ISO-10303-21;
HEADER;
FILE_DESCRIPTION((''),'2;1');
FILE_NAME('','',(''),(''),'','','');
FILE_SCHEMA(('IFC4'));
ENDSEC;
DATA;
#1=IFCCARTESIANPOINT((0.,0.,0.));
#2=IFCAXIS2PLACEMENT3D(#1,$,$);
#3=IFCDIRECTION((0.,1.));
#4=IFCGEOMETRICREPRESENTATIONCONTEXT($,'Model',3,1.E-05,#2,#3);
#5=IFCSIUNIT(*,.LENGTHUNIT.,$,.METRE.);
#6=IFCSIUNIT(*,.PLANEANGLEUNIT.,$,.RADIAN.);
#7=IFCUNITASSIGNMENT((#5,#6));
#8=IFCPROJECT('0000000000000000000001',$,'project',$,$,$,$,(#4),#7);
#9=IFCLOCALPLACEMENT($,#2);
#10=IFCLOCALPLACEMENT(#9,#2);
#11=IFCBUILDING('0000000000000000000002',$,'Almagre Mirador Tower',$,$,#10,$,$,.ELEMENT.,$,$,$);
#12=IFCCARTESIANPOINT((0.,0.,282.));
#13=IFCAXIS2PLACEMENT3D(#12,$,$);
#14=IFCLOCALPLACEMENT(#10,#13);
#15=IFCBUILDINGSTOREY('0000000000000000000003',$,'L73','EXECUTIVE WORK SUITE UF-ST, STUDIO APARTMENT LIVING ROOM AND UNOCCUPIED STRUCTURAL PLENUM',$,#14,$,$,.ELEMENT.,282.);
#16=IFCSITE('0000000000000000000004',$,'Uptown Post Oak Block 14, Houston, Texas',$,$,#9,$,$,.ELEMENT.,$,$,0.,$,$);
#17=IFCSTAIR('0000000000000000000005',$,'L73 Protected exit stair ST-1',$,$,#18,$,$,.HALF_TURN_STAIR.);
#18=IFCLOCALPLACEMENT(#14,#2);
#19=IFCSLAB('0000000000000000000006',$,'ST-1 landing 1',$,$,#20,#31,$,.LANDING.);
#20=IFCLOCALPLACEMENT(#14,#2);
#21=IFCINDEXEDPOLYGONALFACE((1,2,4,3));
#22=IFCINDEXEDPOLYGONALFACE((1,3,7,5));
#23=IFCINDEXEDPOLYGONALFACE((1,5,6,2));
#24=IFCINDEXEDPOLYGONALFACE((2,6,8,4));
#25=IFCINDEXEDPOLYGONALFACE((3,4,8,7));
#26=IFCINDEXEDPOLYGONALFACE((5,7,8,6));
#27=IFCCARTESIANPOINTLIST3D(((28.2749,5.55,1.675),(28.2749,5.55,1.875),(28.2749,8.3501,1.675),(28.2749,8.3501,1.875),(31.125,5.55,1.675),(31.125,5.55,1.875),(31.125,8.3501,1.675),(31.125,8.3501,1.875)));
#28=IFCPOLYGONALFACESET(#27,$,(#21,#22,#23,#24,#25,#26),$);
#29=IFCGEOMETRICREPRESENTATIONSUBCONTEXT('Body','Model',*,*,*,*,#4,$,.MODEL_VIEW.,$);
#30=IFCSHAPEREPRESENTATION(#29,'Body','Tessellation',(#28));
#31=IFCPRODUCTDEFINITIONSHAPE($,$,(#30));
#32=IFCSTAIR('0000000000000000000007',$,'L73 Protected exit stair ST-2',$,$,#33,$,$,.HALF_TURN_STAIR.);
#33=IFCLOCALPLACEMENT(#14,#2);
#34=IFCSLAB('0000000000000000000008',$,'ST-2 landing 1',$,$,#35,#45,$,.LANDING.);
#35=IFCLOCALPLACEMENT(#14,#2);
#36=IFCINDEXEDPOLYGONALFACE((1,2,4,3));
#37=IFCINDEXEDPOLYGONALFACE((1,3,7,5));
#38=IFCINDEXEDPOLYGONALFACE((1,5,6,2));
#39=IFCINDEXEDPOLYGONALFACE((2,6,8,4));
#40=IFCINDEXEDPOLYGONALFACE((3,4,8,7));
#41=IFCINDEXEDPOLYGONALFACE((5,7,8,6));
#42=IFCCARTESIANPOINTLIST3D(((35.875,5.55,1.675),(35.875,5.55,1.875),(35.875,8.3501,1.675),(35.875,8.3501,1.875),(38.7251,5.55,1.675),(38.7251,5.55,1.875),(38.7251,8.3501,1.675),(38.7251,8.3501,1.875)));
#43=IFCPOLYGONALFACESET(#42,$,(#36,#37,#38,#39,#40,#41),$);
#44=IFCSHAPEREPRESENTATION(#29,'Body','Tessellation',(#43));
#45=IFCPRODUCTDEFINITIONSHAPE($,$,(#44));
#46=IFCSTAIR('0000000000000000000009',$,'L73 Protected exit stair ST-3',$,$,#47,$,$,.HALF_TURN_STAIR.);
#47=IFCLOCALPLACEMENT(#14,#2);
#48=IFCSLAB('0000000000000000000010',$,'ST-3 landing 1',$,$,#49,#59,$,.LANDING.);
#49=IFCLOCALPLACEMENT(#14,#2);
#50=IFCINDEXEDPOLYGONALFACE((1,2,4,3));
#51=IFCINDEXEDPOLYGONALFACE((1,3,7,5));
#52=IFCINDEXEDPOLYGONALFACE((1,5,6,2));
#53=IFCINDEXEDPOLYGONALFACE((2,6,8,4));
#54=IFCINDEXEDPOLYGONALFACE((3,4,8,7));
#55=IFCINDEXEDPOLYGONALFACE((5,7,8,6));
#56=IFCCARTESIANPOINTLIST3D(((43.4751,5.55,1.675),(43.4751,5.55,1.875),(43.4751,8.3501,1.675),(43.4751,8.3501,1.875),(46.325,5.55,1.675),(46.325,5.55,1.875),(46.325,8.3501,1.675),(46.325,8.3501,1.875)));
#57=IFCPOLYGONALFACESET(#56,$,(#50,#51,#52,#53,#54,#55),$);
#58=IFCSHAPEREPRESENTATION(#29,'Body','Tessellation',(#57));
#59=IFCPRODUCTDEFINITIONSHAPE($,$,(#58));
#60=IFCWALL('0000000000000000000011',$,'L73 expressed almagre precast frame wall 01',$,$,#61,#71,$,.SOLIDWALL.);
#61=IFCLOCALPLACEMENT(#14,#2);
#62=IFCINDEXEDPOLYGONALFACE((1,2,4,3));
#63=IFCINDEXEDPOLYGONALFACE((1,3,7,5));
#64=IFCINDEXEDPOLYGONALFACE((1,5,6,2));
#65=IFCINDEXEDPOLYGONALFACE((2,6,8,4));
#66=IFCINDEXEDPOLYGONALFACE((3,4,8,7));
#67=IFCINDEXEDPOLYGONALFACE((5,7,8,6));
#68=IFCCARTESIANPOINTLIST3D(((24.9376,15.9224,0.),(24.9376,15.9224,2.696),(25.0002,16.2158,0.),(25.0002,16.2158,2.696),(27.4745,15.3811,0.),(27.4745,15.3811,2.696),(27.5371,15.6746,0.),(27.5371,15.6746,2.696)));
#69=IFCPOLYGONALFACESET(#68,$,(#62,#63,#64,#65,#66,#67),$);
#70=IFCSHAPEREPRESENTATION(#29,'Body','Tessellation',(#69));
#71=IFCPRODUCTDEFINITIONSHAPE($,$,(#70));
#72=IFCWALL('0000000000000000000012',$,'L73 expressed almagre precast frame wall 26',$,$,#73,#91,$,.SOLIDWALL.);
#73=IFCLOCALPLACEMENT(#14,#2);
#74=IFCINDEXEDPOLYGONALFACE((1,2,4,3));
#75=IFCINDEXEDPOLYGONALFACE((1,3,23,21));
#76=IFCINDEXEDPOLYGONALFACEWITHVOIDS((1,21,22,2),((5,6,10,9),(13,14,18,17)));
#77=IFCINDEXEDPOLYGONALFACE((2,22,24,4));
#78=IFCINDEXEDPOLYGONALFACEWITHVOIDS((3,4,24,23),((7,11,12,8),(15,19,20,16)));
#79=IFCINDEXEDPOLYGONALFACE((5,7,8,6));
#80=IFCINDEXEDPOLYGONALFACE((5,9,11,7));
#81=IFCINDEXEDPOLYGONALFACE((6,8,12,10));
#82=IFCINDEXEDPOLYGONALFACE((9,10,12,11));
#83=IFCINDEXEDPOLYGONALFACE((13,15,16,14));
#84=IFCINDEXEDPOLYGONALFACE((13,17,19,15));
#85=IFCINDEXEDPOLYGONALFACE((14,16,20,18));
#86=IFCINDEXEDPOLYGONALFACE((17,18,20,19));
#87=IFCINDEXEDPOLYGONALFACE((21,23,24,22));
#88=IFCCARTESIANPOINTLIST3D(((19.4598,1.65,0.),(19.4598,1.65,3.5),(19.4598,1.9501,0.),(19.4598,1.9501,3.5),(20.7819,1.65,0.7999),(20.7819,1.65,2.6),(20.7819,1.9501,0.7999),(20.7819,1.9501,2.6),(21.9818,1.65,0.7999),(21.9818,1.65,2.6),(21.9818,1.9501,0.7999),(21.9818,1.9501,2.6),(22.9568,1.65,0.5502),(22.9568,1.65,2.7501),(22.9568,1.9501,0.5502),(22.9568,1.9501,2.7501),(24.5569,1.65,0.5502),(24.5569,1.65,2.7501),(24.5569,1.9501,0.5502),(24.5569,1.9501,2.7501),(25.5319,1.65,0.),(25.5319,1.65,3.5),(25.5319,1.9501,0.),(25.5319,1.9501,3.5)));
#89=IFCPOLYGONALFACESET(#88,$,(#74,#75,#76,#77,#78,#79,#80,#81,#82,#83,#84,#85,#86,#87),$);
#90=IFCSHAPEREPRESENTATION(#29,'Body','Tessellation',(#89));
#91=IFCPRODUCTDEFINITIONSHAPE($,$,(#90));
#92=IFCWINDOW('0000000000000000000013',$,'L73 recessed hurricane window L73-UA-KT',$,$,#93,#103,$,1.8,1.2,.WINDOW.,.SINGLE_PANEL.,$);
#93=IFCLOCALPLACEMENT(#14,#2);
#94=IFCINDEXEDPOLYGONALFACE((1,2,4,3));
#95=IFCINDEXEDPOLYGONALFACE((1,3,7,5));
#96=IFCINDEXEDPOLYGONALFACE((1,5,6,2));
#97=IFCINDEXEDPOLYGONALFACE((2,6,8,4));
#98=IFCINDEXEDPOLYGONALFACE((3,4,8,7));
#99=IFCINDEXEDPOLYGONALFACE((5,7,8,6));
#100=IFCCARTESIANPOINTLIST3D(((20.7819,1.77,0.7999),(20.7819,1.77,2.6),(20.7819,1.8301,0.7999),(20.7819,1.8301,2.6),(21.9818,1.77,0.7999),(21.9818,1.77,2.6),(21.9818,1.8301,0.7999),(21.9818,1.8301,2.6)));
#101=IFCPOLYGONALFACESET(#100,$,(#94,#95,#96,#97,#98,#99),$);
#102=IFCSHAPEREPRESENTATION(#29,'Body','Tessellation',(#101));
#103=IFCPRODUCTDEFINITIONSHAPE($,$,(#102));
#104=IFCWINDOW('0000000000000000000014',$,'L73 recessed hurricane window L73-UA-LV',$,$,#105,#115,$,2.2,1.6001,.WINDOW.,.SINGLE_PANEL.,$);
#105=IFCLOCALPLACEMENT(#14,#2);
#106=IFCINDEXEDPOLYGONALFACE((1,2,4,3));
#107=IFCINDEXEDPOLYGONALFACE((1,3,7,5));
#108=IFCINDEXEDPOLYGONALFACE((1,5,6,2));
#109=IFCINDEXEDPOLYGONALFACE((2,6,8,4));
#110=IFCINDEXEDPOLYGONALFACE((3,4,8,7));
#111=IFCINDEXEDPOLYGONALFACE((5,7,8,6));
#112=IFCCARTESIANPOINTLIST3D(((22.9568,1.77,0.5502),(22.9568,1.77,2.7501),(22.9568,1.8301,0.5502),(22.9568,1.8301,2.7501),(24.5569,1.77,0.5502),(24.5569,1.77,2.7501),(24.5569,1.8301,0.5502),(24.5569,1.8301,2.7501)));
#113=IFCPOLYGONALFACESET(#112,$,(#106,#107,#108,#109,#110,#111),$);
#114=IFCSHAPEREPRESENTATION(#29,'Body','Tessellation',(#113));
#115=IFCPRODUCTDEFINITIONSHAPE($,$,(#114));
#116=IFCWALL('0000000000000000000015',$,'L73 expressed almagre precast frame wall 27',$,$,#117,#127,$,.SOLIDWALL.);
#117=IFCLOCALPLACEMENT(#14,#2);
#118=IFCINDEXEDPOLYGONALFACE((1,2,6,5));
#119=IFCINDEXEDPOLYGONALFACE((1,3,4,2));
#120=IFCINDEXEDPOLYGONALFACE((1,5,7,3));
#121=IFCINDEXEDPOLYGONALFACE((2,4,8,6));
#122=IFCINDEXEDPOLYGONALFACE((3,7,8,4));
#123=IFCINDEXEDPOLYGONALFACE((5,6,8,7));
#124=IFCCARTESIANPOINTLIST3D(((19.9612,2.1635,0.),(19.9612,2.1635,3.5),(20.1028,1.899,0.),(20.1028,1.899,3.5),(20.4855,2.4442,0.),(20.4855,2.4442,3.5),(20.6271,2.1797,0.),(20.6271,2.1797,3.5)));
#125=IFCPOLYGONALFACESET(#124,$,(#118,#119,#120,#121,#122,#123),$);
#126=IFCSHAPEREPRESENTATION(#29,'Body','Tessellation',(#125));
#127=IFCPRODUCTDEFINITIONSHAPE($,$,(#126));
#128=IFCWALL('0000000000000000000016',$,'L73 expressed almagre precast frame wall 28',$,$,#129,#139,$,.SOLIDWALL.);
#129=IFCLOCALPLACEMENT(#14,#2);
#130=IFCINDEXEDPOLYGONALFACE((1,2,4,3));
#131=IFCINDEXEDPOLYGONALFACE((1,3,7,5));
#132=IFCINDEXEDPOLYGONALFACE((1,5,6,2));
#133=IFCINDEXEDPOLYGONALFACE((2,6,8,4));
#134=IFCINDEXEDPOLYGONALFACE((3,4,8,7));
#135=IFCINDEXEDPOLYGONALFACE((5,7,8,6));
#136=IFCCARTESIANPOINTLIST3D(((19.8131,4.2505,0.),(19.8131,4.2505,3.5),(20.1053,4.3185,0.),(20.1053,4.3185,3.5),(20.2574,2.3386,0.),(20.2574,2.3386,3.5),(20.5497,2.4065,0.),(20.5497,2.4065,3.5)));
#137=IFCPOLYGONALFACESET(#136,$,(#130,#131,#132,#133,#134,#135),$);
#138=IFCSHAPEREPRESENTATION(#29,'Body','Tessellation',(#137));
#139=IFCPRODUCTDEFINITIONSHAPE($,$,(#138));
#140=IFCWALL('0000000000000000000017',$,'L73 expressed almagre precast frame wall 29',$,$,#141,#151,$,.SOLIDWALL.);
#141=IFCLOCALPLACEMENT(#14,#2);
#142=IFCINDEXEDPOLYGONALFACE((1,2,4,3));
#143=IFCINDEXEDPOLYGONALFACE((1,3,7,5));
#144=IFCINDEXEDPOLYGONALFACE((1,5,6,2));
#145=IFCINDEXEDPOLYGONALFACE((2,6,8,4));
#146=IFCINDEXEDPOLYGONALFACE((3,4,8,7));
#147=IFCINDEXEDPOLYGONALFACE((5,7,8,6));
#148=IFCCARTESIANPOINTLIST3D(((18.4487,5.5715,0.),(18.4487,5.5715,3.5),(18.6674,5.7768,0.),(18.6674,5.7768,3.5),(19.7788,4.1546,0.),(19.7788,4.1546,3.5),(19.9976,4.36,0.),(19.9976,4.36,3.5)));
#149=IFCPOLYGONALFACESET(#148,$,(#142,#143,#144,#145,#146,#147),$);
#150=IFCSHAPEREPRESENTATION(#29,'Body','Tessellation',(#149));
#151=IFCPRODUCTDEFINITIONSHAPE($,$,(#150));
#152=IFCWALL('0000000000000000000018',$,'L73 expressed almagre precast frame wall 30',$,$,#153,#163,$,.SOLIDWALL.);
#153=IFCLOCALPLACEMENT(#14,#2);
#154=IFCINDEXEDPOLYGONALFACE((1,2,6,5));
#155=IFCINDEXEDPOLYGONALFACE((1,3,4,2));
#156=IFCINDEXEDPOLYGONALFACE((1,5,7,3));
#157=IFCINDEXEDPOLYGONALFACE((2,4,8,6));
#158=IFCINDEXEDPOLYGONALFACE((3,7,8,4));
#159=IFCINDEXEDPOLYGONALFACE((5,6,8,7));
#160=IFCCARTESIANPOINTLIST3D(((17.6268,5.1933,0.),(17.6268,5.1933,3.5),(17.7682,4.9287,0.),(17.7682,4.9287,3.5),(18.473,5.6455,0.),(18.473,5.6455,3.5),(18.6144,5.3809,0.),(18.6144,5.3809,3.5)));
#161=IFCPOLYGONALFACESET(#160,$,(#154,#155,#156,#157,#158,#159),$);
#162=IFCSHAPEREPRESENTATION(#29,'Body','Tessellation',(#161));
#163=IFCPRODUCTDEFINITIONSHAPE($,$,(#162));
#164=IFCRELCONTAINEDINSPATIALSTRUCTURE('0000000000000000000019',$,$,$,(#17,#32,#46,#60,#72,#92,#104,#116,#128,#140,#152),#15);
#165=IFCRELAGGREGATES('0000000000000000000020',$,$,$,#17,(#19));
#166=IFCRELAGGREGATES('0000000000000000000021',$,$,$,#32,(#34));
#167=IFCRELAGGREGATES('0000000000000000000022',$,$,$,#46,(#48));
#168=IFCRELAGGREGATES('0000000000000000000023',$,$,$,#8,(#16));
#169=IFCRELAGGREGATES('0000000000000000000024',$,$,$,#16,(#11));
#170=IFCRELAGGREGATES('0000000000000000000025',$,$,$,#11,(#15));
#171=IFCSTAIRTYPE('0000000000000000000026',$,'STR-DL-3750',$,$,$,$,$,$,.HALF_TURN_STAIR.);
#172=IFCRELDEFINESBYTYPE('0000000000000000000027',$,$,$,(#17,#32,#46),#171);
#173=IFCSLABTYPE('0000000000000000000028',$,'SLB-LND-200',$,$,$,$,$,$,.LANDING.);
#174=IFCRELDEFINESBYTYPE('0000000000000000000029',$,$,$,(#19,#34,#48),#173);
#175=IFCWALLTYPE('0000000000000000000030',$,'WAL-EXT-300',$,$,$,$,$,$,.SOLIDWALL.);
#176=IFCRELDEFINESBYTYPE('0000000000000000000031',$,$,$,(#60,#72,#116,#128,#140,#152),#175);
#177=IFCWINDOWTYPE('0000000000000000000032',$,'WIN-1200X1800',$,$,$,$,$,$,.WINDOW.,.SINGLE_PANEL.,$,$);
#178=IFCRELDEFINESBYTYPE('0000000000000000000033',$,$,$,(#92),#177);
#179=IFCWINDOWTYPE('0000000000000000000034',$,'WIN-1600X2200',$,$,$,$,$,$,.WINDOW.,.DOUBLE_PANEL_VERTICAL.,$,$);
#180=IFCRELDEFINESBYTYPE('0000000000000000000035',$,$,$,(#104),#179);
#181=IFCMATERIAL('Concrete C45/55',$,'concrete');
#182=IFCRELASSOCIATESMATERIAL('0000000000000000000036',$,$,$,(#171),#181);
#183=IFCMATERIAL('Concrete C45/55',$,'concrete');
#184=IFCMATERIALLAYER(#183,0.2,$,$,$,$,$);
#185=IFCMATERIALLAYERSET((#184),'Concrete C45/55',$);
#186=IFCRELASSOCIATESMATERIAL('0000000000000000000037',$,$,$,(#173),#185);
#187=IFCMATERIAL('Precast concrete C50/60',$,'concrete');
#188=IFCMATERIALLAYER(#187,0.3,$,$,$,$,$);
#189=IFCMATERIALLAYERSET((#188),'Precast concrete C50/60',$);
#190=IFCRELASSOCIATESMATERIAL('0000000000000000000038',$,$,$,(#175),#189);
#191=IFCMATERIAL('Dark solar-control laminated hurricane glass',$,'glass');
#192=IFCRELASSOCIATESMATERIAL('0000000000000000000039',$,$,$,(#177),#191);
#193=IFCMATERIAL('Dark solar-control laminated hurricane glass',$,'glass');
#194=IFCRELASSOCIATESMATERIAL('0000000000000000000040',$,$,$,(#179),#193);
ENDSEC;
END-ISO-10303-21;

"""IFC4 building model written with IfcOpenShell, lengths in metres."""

from ifc_helpers import new_model, si_unit, direction, frame, frame_2d, origin, place, context, subcontext, project, spatial, polyline, rectangle, outline, extrude, material, layer, layer_set, type_object, element, fill, aggregate, save


model = new_model("IFC4")

# Units and contexts
model_context = context("Model", 3, precision=1e-05, world=origin(), true_north=direction((0.0, 1.0)))
body_context = subcontext(model_context, "Body", "Model", "MODEL_VIEW")
ifc_project = project(units=[si_unit("LENGTHUNIT", "METRE"), si_unit("PLANEANGLEUNIT", "RADIAN")], contexts=[model_context])

# Site, building, storey
site_placement = place(None, origin())
site = spatial("IfcSite", under=ifc_project, at=site_placement, Name="Uptown Post Oak Block 14, Houston, Texas", CompositionType="ELEMENT", RefElevation=0.0)
building_placement = place(site_placement, origin())
building = spatial("IfcBuilding", under=site, at=building_placement, Name="Almagre Mirador Tower", CompositionType="ELEMENT")
storey_placement = place(building_placement, frame((0.0, 0.0, 282.0)))
storey = spatial("IfcBuildingStorey", under=building, at=storey_placement, Name="L73", Description="EXECUTIVE WORK SUITE UF-ST, STUDIO APARTMENT LIVING ROOM AND UNOCCUPIED STRUCTURAL PLENUM", CompositionType="ELEMENT", Elevation=282.0)

# Stairs, slabs
ifc_material_1 = material(Name="Concrete C45/55", Category="concrete")
stair_type = type_object("IfcStairType", Name="STR-DL-3750", PredefinedType="HALF_TURN_STAIR", material=ifc_material_1)
stair_1_placement = place(storey_placement, origin())
stair_1 = element("IfcStair", 1, at=stair_1_placement, inside=storey, type_object=stair_type, Name="L73 Protected exit stair ST-1", PredefinedType="HALF_TURN_STAIR")
ifc_material_2 = material(Name="Concrete C45/55", Category="concrete")
ifc_layer_1 = layer(ifc_material_2, 0.2)
ifc_layer_set_1 = layer_set([ifc_layer_1], Name="Concrete C45/55")
slab_type_1 = type_object("IfcSlabType", Name="SLB-LND-200", PredefinedType="LANDING", material=ifc_layer_set_1)
slab_1_placement = place(storey_placement, frame((0.0, 0.0, 1.675)))
slab_1 = element("IfcSlab", 2, at=slab_1_placement, type_object=slab_type_1, Name="ST-1 landing 1", PredefinedType="LANDING", context=body_context, shape_type="SweptSolid", body=[
    extrude(outline(polyline([(28.2749, 8.3501), (28.2749, 5.55), (31.125, 5.55), (31.125, 8.3501), (28.2749, 8.3501)])), origin(), (0.0, 0.0, 1.0), 0.2),
])
aggregate(stair_1, [slab_1])
stair_2_placement = place(storey_placement, origin())
stair_2 = element("IfcStair", 3, at=stair_2_placement, inside=storey, type_object=stair_type, Name="L73 Protected exit stair ST-2", PredefinedType="HALF_TURN_STAIR")
slab_2_placement = place(storey_placement, frame((0.0, 0.0, 1.675)))
slab_2 = element("IfcSlab", 4, at=slab_2_placement, type_object=slab_type_1, Name="ST-2 landing 1", PredefinedType="LANDING", context=body_context, shape_type="SweptSolid", body=[
    extrude(outline(polyline([(35.875, 8.3501), (35.875, 5.55), (38.7251, 5.55), (38.7251, 8.3501), (35.875, 8.3501)])), origin(), (0.0, 0.0, 1.0), 0.2),
])
aggregate(stair_2, [slab_2])
stair_3_placement = place(storey_placement, origin())
stair_3 = element("IfcStair", 5, at=stair_3_placement, inside=storey, type_object=stair_type, Name="L73 Protected exit stair ST-3", PredefinedType="HALF_TURN_STAIR")
slab_3_placement = place(storey_placement, frame((0.0, 0.0, 1.675)))
slab_3 = element("IfcSlab", 6, at=slab_3_placement, type_object=slab_type_1, Name="ST-3 landing 1", PredefinedType="LANDING", context=body_context, shape_type="SweptSolid", body=[
    extrude(outline(polyline([(43.4751, 8.3501), (43.4751, 5.55), (46.325, 5.55), (46.325, 8.3501), (43.4751, 8.3501)])), origin(), (0.0, 0.0, 1.0), 0.2),
])
aggregate(stair_3, [slab_3])

# Wall
ifc_material_3 = material(Name="Precast concrete C50/60", Category="concrete")
ifc_layer_2 = layer(ifc_material_3, 0.3)
ifc_layer_set_2 = layer_set([ifc_layer_2], Name="Precast concrete C50/60")
wall_type_1 = type_object("IfcWallType", Name="WAL-EXT-300", PredefinedType="SOLIDWALL", material=ifc_layer_set_2)
wall_1_placement = place(storey_placement, frame((24.969, 16.0691, 0.0), z_axis=(0.0, 0.0, 1.0), x_axis=(0.977988, -0.208661, 0.0)))
element("IfcWall", 7, at=wall_1_placement, inside=storey, type_object=wall_type_1, Name="L73 expressed almagre precast frame wall 01", PredefinedType="SOLIDWALL", context=body_context, shape_type="SweptSolid", body=[
    extrude(rectangle(XDim=2.594, YDim=0.3, at=frame_2d((1.2969, 0.0))), origin(), (0.0, 0.0, 1.0), 2.696),
])

# Wall, openings, windows
wall_2_placement = place(storey_placement, frame((25.532, 1.8, 0.0), z_axis=(0.0, 0.0, 1.0), x_axis=(-1.0, 0.0, 0.0)))
wall_2 = element("IfcWall", 8, at=wall_2_placement, inside=storey, type_object=wall_type_1, Name="L73 expressed almagre precast frame wall 26", PredefinedType="SOLIDWALL", context=body_context, shape_type="SweptSolid", body=[
    extrude(rectangle(XDim=6.072, YDim=0.3, at=frame_2d((3.0361, 0.0))), origin(), (0.0, 0.0, 1.0), 3.5),
])
opening_1_placement = place(wall_2_placement, frame((0.9751, 0.0, 0.55)))
opening_1 = element("IfcOpeningElement", 9, at=opening_1_placement, cuts=wall_2, PredefinedType="OPENING", context=body_context, shape_type="SweptSolid", body=[
    extrude(rectangle(XDim=1.6001, YDim=2.2, at=frame_2d((0.8, 1.1001))), frame((0.0, 0.1599, 0.0), z_axis=(0.0, -1.0, 0.0), x_axis=(1.0, 0.0, 0.0)), (0.0, 0.0, 1.0), 0.32),
])
opening_2_placement = place(wall_2_placement, frame((3.55, 0.0, 0.8)))
opening_2 = element("IfcOpeningElement", 10, at=opening_2_placement, cuts=wall_2, PredefinedType="OPENING", context=body_context, shape_type="SweptSolid", body=[
    extrude(rectangle(XDim=1.2, YDim=1.8, at=frame_2d((0.6001, 0.8999))), frame((0.0, 0.1599, 0.0), z_axis=(0.0, -1.0, 0.0), x_axis=(1.0, 0.0, 0.0)), (0.0, 0.0, 1.0), 0.32),
])
ifc_material_4 = material(Name="Dark solar-control laminated hurricane glass", Category="glass")
window_type_1 = type_object("IfcWindowType", Name="WIN-1200X1800", PartitioningType="SINGLE_PANEL", PredefinedType="WINDOW", material=ifc_material_4)
window_1_placement = place(opening_2_placement, origin())
window_1 = element("IfcWindow", 11, at=window_1_placement, inside=storey, type_object=window_type_1, Name="L73 recessed hurricane window L73-UA-KT", OverallHeight=1.8, OverallWidth=1.2, PartitioningType="SINGLE_PANEL", PredefinedType="WINDOW", context=body_context, shape_type="SweptSolid", body=[
    extrude(rectangle(XDim=1.2, YDim=1.8, at=frame_2d((0.6001, 0.8999))), frame((0.0, 0.03, 0.0), z_axis=(0.0, -1.0, 0.0), x_axis=(1.0, 0.0, 0.0)), (0.0, 0.0, 1.0), 0.0601),
])
fill(opening_2, window_1)
ifc_material_5 = material(Name="Dark solar-control laminated hurricane glass", Category="glass")
window_type_2 = type_object("IfcWindowType", Name="WIN-1600X2200", PartitioningType="DOUBLE_PANEL_VERTICAL", PredefinedType="WINDOW", material=ifc_material_5)
window_2_placement = place(opening_1_placement, origin())
window_2 = element("IfcWindow", 12, at=window_2_placement, inside=storey, type_object=window_type_2, Name="L73 recessed hurricane window L73-UA-LV", OverallHeight=2.2, OverallWidth=1.6001, PartitioningType="SINGLE_PANEL", PredefinedType="WINDOW", context=body_context, shape_type="SweptSolid", body=[
    extrude(rectangle(XDim=1.6001, YDim=2.2, at=frame_2d((0.8, 1.1001))), frame((0.0, 0.03, 0.0), z_axis=(0.0, -1.0, 0.0), x_axis=(1.0, 0.0, 0.0)), (0.0, 0.0, 1.0), 0.0601),
])
fill(opening_1, window_2)

# Walls
wall_3_placement = place(storey_placement, frame((20.032, 2.0312, 0.0), z_axis=(0.0, 0.0, 1.0), x_axis=(0.881602, 0.471994, 0.0)))
element("IfcWall", 13, at=wall_3_placement, inside=storey, type_object=wall_type_1, Name="L73 expressed almagre precast frame wall 27", PredefinedType="SOLIDWALL", context=body_context, shape_type="SweptSolid", body=[
    extrude(rectangle(XDim=0.5947, YDim=0.3, at=frame_2d((0.2974, 0.0))), origin(), (0.0, 0.0, 1.0), 3.5),
])
wall_4_placement = place(storey_placement, frame((20.4036, 2.3726, 0.0), z_axis=(0.0, 0.0, 1.0), x_axis=(-0.226376, 0.97404, 0.0)))
element("IfcWall", 14, at=wall_4_placement, inside=storey, type_object=wall_type_1, Name="L73 expressed almagre precast frame wall 28", PredefinedType="SOLIDWALL", context=body_context, shape_type="SweptSolid", body=[
    extrude(rectangle(XDim=1.9629, YDim=0.3, at=frame_2d((0.9814, 0.0))), origin(), (0.0, 0.0, 1.0), 3.5),
])
wall_5_placement = place(storey_placement, frame((19.8882, 4.2573, 0.0), z_axis=(0.0, 0.0, 1.0), x_axis=(-0.684455, 0.729055, 0.0)))
element("IfcWall", 15, at=wall_5_placement, inside=storey, type_object=wall_type_1, Name="L73 expressed almagre precast frame wall 29", PredefinedType="SOLIDWALL", context=body_context, shape_type="SweptSolid", body=[
    extrude(rectangle(XDim=1.9434, YDim=0.3, at=frame_2d((0.9717, 0.0))), origin(), (0.0, 0.0, 1.0), 3.5),
])
wall_6_placement = place(storey_placement, frame((18.5437, 5.5132, 0.0), z_axis=(0.0, 0.0, 1.0), x_axis=(-0.881986, -0.471275, 0.0)))
element("IfcWall", 16, at=wall_6_placement, inside=storey, type_object=wall_type_1, Name="L73 expressed almagre precast frame wall 30", PredefinedType="SOLIDWALL", context=body_context, shape_type="SweptSolid", body=[
    extrude(rectangle(XDim=0.9595, YDim=0.3, at=frame_2d((0.4797, 0.0))), origin(), (0.0, 0.0, 1.0), 3.5),
])

save(model, "model.ifc")
